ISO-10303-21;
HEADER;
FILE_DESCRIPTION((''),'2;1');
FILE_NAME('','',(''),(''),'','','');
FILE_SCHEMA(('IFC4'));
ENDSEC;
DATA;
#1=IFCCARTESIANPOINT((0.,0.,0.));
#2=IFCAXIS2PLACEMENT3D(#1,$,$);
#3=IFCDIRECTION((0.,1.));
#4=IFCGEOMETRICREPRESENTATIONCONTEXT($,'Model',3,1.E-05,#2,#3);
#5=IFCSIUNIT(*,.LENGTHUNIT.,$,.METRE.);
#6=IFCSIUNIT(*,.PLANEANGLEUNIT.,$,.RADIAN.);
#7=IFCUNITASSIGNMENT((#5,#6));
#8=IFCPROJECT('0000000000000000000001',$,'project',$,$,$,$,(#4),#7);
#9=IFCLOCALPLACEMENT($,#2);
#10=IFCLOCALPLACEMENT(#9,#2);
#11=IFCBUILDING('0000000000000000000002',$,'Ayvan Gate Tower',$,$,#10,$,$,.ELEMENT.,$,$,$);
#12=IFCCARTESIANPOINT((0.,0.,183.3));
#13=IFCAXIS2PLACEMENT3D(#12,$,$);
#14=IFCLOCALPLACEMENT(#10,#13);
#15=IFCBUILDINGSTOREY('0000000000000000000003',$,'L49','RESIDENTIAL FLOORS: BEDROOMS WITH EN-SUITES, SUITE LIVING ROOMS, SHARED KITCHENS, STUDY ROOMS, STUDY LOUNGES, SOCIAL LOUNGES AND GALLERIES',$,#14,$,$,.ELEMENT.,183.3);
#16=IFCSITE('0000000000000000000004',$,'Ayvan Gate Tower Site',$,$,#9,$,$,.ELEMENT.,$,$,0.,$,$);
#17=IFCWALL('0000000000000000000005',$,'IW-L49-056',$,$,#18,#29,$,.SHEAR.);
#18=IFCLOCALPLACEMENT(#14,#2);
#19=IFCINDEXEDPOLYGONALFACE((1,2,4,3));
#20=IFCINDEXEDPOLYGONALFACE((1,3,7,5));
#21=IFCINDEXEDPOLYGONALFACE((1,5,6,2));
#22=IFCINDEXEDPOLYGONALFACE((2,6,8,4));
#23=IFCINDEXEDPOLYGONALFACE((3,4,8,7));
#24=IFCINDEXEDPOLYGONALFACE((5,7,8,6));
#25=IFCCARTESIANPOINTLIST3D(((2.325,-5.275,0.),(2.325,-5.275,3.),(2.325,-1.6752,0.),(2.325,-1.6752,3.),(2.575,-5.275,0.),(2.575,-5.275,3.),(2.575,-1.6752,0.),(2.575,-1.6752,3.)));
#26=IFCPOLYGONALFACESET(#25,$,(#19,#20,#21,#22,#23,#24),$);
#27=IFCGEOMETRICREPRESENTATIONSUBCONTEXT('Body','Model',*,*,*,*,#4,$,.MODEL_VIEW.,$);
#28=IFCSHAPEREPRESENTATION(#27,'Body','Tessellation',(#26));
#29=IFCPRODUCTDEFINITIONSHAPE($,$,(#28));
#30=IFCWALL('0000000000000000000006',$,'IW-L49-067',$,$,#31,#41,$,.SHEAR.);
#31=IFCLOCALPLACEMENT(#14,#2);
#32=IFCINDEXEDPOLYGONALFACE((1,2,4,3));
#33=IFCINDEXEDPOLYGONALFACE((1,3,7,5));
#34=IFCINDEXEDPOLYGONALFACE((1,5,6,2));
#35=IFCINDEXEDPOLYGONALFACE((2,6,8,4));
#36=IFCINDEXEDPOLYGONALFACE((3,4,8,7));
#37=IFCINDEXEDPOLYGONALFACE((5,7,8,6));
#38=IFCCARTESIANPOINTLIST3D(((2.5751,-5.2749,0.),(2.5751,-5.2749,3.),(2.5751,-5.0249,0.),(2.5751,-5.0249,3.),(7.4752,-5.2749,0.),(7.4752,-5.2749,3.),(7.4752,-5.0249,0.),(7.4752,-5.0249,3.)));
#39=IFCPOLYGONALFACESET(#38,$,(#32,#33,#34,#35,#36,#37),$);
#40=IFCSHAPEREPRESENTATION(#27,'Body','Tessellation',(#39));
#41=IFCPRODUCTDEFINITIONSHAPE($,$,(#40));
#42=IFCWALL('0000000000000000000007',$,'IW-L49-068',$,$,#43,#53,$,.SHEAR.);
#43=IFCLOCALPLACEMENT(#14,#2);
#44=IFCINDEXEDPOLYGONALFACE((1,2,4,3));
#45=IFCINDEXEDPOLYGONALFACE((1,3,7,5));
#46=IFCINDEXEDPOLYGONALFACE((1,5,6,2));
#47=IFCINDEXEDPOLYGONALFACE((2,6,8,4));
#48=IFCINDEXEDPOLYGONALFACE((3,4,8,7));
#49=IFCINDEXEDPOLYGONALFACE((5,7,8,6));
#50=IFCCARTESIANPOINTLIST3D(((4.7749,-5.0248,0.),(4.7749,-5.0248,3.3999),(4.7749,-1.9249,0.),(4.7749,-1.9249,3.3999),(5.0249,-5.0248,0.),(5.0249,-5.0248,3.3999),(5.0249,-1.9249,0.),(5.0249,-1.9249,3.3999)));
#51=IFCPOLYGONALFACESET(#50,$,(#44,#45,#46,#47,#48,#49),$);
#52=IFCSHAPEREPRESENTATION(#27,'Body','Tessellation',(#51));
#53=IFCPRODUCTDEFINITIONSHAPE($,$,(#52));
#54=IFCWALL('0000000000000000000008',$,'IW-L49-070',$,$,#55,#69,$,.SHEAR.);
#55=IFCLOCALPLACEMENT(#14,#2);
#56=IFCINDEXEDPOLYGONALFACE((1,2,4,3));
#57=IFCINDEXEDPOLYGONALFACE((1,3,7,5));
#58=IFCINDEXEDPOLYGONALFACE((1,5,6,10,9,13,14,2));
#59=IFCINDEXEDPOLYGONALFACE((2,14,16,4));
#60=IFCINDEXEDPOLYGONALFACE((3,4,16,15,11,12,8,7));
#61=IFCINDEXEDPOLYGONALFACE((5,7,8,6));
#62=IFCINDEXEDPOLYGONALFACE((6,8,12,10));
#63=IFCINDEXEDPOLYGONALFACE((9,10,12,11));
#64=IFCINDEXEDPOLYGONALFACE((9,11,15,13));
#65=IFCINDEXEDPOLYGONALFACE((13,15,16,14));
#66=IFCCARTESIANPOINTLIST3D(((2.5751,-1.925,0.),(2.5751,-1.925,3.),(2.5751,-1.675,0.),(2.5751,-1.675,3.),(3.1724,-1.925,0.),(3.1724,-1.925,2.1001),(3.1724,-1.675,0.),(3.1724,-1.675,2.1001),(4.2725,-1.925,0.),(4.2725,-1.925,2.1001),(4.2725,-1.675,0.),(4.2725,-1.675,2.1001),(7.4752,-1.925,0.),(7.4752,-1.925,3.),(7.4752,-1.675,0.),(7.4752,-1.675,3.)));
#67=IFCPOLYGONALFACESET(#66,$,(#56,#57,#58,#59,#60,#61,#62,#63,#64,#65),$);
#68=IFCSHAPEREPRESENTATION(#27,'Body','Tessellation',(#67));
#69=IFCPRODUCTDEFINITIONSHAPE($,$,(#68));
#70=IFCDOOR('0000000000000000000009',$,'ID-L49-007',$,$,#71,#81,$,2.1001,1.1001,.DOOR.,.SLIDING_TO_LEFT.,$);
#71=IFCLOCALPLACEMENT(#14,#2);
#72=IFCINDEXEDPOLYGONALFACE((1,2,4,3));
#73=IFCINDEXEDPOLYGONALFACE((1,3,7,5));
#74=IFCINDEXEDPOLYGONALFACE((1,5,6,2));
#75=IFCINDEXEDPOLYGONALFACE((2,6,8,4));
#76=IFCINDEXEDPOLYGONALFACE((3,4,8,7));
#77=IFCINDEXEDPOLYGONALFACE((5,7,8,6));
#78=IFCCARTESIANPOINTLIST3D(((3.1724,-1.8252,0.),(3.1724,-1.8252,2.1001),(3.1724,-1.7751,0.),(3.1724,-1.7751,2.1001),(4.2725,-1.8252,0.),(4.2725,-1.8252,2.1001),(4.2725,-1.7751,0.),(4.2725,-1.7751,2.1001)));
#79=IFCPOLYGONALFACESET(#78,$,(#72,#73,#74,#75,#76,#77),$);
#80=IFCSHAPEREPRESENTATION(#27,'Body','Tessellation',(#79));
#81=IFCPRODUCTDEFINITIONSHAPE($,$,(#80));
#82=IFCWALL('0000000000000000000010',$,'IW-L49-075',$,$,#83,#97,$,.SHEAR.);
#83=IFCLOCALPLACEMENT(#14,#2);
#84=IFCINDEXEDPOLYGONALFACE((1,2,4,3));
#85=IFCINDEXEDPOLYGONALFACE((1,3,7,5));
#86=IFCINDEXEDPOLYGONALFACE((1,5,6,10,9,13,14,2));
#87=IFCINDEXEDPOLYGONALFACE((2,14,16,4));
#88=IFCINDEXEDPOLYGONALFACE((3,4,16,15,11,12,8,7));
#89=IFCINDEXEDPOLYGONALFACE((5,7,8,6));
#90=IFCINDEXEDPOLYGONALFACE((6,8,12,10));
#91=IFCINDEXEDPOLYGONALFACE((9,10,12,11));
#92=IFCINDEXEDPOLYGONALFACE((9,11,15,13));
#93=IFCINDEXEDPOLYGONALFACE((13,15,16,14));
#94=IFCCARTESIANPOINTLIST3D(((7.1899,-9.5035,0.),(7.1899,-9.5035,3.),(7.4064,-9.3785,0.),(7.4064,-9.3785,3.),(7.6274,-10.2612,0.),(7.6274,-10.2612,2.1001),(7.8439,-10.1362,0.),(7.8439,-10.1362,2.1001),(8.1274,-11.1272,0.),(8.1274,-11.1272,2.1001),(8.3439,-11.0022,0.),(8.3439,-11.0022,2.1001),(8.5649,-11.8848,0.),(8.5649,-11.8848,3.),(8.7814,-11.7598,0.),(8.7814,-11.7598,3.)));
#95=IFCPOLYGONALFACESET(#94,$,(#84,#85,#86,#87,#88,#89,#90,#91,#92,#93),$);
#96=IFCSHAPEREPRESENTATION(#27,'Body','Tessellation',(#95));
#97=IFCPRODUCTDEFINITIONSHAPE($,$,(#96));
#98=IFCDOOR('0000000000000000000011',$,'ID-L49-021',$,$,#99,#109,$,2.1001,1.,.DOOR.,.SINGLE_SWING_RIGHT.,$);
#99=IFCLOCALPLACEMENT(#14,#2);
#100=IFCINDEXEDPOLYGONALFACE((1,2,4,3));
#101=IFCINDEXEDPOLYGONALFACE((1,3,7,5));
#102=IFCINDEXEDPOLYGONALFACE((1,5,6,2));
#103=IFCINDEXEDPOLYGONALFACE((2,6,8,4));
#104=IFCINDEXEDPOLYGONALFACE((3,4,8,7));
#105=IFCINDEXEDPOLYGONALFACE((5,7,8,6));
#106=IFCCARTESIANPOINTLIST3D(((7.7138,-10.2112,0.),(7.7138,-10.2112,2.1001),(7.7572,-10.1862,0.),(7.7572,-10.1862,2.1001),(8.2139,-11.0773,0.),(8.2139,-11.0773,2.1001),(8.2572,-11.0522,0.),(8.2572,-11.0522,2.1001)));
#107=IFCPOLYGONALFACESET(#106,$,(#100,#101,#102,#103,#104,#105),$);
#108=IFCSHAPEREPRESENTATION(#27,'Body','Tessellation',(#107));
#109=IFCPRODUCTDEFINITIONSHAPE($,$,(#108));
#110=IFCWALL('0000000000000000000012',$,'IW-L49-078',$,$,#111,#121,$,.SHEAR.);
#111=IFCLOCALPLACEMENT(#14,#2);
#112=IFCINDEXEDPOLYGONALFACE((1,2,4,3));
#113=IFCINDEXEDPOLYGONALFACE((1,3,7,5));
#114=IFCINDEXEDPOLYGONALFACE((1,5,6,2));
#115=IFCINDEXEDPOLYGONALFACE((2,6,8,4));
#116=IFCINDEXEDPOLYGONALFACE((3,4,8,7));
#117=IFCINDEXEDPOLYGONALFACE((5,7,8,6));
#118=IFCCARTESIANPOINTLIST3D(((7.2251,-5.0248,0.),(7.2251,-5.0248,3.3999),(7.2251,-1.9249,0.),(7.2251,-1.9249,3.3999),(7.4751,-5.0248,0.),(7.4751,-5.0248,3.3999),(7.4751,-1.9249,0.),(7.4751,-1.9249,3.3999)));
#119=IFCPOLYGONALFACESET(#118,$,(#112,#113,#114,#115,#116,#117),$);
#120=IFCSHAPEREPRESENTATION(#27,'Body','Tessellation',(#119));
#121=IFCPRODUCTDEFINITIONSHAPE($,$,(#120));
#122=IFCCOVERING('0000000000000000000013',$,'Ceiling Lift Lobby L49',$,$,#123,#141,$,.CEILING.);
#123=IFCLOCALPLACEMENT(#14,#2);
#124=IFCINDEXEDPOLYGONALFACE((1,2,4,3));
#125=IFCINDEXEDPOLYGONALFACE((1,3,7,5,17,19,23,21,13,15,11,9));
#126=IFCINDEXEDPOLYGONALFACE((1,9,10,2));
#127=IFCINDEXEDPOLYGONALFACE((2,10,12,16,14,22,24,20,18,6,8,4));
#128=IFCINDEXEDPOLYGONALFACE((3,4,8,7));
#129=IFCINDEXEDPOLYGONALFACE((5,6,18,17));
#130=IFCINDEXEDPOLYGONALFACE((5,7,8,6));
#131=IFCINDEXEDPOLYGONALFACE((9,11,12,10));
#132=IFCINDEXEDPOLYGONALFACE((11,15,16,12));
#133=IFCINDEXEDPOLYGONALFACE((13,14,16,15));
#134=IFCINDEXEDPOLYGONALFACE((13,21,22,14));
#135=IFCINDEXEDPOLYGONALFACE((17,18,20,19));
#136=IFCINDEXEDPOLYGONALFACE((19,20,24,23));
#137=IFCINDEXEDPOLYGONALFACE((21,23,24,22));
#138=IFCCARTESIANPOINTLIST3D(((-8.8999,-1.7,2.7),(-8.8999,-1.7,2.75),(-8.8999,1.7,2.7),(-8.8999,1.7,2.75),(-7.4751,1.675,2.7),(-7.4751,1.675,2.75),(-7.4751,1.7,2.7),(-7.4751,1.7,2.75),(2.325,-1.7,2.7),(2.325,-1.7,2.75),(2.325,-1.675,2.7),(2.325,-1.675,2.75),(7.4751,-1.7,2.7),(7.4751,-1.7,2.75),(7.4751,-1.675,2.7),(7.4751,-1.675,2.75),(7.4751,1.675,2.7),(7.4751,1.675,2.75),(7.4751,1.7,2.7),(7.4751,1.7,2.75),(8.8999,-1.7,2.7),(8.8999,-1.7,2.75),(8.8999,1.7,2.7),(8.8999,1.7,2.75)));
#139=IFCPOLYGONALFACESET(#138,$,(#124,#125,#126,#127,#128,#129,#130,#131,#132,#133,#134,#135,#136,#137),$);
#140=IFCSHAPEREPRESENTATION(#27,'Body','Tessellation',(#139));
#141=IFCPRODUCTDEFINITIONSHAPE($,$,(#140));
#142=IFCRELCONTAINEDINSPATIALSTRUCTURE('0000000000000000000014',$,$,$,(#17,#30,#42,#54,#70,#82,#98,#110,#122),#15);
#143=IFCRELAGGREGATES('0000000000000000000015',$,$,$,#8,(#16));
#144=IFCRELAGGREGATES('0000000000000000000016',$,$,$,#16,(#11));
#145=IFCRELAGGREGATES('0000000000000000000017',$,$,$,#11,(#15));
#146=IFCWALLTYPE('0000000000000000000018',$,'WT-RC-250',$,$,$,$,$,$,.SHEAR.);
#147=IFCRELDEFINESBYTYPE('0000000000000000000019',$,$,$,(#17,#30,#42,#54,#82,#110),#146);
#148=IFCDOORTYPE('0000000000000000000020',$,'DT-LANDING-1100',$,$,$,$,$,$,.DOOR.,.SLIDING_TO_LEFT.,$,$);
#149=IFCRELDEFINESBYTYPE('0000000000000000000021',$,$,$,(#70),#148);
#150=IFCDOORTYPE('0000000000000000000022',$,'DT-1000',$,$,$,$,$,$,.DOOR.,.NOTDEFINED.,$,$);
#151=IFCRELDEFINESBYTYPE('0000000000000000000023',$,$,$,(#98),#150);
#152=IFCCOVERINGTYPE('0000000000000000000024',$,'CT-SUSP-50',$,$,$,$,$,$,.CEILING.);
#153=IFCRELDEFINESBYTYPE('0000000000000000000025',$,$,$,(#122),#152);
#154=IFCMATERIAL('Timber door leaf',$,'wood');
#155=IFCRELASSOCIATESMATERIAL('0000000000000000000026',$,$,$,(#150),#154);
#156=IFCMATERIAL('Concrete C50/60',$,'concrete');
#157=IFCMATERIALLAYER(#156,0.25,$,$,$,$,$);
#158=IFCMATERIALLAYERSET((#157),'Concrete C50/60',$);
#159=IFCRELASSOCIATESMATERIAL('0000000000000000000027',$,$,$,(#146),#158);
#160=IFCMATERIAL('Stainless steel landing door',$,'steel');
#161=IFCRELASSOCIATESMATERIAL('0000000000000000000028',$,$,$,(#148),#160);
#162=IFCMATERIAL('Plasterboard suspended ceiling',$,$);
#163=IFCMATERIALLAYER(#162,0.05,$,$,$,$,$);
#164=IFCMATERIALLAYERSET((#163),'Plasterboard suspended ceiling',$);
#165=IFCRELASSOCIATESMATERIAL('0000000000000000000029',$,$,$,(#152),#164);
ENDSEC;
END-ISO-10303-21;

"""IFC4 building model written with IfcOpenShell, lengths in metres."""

from ifc_helpers import new_model, si_unit, direction, frame, frame_2d, origin, place, context, subcontext, project, spatial, polyline, rectangle, outline, extrude, material, layer, layer_set, type_object, element, fill, save


model = new_model("IFC4")

# Units and contexts
model_context = context("Model", 3, precision=1e-05, world=origin(), true_north=direction((0.0, 1.0)))
body_context = subcontext(model_context, "Body", "Model", "MODEL_VIEW")
ifc_project = project(units=[si_unit("LENGTHUNIT", "METRE"), si_unit("PLANEANGLEUNIT", "RADIAN")], contexts=[model_context])

# Site, building, storey
site_placement = place(None, origin())
site = spatial("IfcSite", under=ifc_project, at=site_placement, Name="Ayvan Gate Tower Site", CompositionType="ELEMENT", RefElevation=0.0)
building_placement = place(site_placement, origin())
building = spatial("IfcBuilding", under=site, at=building_placement, Name="Ayvan Gate Tower", CompositionType="ELEMENT")
storey_placement = place(building_placement, frame((0.0, 0.0, 183.3)))
storey = spatial("IfcBuildingStorey", under=building, at=storey_placement, Name="L49", Description="RESIDENTIAL FLOORS: BEDROOMS WITH EN-SUITES, SUITE LIVING ROOMS, SHARED KITCHENS, STUDY ROOMS, STUDY LOUNGES, SOCIAL LOUNGES AND GALLERIES", CompositionType="ELEMENT", Elevation=183.3)

# Shared definitions
ifc_material_1 = material(Name="Timber door leaf", Category="wood")

# Shared definitions
door_type_1 = type_object("IfcDoorType", Name="DT-1000", OperationType="NOTDEFINED", PredefinedType="DOOR", material=ifc_material_1)

# Walls
ifc_material_2 = material(Name="Concrete C50/60", Category="concrete")
ifc_layer_1 = layer(ifc_material_2, 0.25)
ifc_layer_set_1 = layer_set([ifc_layer_1], Name="Concrete C50/60")
wall_type_1 = type_object("IfcWallType", Name="WT-RC-250", PredefinedType="SHEAR", material=ifc_layer_set_1)
wall_1_placement = place(storey_placement, frame((2.45, -5.2749, 0.0), z_axis=(0.0, 0.0, 1.0), x_axis=(0.0, 1.0, 0.0)))
element("IfcWall", 1, at=wall_1_placement, inside=storey, type_object=wall_type_1, Name="IW-L49-056", PredefinedType="SHEAR", context=body_context, shape_type="SweptSolid", body=[
    extrude(rectangle(XDim=3.5999, YDim=0.25, at=frame_2d((1.7998, 0.0))), origin(), (0.0, 0.0, 1.0), 3.0),
])
wall_2_placement = place(storey_placement, frame((2.575, -5.1499, 0.0), z_axis=(0.0, 0.0, 1.0), x_axis=(1.0, 0.0, 0.0)))
element("IfcWall", 2, at=wall_2_placement, inside=storey, type_object=wall_type_1, Name="IW-L49-067", PredefinedType="SHEAR", context=body_context, shape_type="SweptSolid", body=[
    extrude(rectangle(XDim=4.9001, YDim=0.25, at=frame_2d((2.4502, 0.0))), origin(), (0.0, 0.0, 1.0), 3.0),
])
wall_3_placement = place(storey_placement, frame((4.8999, -1.925, 0.0), z_axis=(0.0, 0.0, 1.0), x_axis=(0.0, -1.0, 0.0)))
element("IfcWall", 3, at=wall_3_placement, inside=storey, type_object=wall_type_1, Name="IW-L49-068", PredefinedType="SHEAR", context=body_context, shape_type="SweptSolid", body=[
    extrude(rectangle(XDim=3.0999, YDim=0.25, at=frame_2d((1.5498, 0.0))), origin(), (0.0, 0.0, 1.0), 3.3999),
])

# Walls, openings, doors
wall_4_placement = place(storey_placement, frame((2.575, -1.8, 0.0), z_axis=(0.0, 0.0, 1.0), x_axis=(1.0, 0.0, 0.0)))
wall_4 = element("IfcWall", 4, at=wall_4_placement, inside=storey, type_object=wall_type_1, Name="IW-L49-070", PredefinedType="SHEAR", context=body_context, shape_type="SweptSolid", body=[
    extrude(rectangle(XDim=4.9001, YDim=0.25, at=frame_2d((2.4502, 0.0))), origin(), (0.0, 0.0, 1.0), 3.0),
])
opening_1_placement = place(wall_4_placement, frame((0.5974, 0.0, 0.0)))
opening_1 = element("IfcOpeningElement", 5, at=opening_1_placement, cuts=wall_4, PredefinedType="OPENING", context=body_context, shape_type="SweptSolid", body=[
    extrude(rectangle(XDim=1.1001, YDim=2.1001, at=frame_2d((0.55, 1.05))), frame((0.0, 0.135, 0.0), z_axis=(0.0, -1.0, 0.0), x_axis=(1.0, 0.0, 0.0)), (0.0, 0.0, 1.0), 0.27),
])
ifc_material_3 = material(Name="Stainless steel landing door", Category="steel")
door_type_2 = type_object("IfcDoorType", Name="DT-LANDING-1100", OperationType="SLIDING_TO_LEFT", PredefinedType="DOOR", material=ifc_material_3)
door_1_placement = place(opening_1_placement, origin())
door_1 = element("IfcDoor", 6, at=door_1_placement, inside=storey, type_object=door_type_2, Name="ID-L49-007", OperationType="SLIDING_TO_LEFT", OverallHeight=2.1001, OverallWidth=1.1001, PredefinedType="DOOR", context=body_context, shape_type="SweptSolid", body=[
    extrude(rectangle(XDim=1.1001, YDim=2.1001, at=frame_2d((0.55, 1.05))), frame((0.0, 0.0249, 0.0), z_axis=(0.0, -1.0, 0.0), x_axis=(1.0, 0.0, 0.0)), (0.0, 0.0, 1.0), 0.05),
])
fill(opening_1, door_1)
wall_5_placement = place(storey_placement, frame((7.2981, -9.4409, 0.0), z_axis=(0.0, 0.0, 1.0), x_axis=(0.500035, -0.866005, 0.0)))
wall_5 = element("IfcWall", 7, at=wall_5_placement, inside=storey, type_object=wall_type_1, Name="IW-L49-075", PredefinedType="SHEAR", context=body_context, shape_type="SweptSolid", body=[
    extrude(rectangle(XDim=2.7498, YDim=0.25, at=frame_2d((1.375, 0.0))), origin(), (0.0, 0.0, 1.0), 3.0),
])
opening_2_placement = place(wall_5_placement, frame((0.875, 0.0, 0.0)))
opening_2 = element("IfcOpeningElement", 8, at=opening_2_placement, cuts=wall_5, PredefinedType="OPENING", context=body_context, shape_type="SweptSolid", body=[
    extrude(rectangle(XDim=1.0, YDim=2.1001, at=frame_2d((0.5, 1.05))), frame((0.0, 0.135, 0.0), z_axis=(0.0, -1.0, 0.0), x_axis=(1.0, 0.0, 0.0)), (0.0, 0.0, 1.0), 0.27),
])
door_2_placement = place(opening_2_placement, origin())
door_2 = element("IfcDoor", 9, at=door_2_placement, inside=storey, type_object=door_type_1, Name="ID-L49-021", OperationType="SINGLE_SWING_RIGHT", OverallHeight=2.1001, OverallWidth=1.0, PredefinedType="DOOR", context=body_context, shape_type="SweptSolid", body=[
    extrude(rectangle(XDim=1.0, YDim=2.1001, at=frame_2d((0.5, 1.05))), frame((0.0, 0.0249, 0.0), z_axis=(0.0, -1.0, 0.0), x_axis=(1.0, 0.0, 0.0)), (0.0, 0.0, 1.0), 0.05),
])
fill(opening_2, door_2)

# Wall
wall_6_placement = place(storey_placement, frame((7.3501, -1.925, 0.0), z_axis=(0.0, 0.0, 1.0), x_axis=(0.0, -1.0, 0.0)))
element("IfcWall", 10, at=wall_6_placement, inside=storey, type_object=wall_type_1, Name="IW-L49-078", PredefinedType="SHEAR", context=body_context, shape_type="SweptSolid", body=[
    extrude(rectangle(XDim=3.0999, YDim=0.25, at=frame_2d((1.5498, 0.0))), origin(), (0.0, 0.0, 1.0), 3.3999),
])

# Covering
ifc_material_4 = material(Name="Plasterboard suspended ceiling")
ifc_layer_2 = layer(ifc_material_4, 0.05)
ifc_layer_set_2 = layer_set([ifc_layer_2], Name="Plasterboard suspended ceiling")
covering_type = type_object("IfcCoveringType", Name="CT-SUSP-50", PredefinedType="CEILING", material=ifc_layer_set_2)
covering_1_placement = place(storey_placement, frame((0.0, 0.0, 2.7)))
element("IfcCovering", 11, at=covering_1_placement, inside=storey, type_object=covering_type, Name="Ceiling Lift Lobby L49", PredefinedType="CEILING", context=body_context, shape_type="SweptSolid", body=[
    extrude(outline(polyline([(7.4751, -1.675), (2.325, -1.675), (2.325, -1.7), (-8.8999, -1.7), (-8.8999, 1.7), (-7.4751, 1.7), (-7.4751, 1.675), (7.4751, 1.675), (7.4751, 1.7), (8.8999, 1.7), (8.8999, -1.7), (7.4751, -1.7), (7.4751, -1.675)])), origin(), (0.0, 0.0, 1.0), 0.05),
])

save(model, "model.ifc")
